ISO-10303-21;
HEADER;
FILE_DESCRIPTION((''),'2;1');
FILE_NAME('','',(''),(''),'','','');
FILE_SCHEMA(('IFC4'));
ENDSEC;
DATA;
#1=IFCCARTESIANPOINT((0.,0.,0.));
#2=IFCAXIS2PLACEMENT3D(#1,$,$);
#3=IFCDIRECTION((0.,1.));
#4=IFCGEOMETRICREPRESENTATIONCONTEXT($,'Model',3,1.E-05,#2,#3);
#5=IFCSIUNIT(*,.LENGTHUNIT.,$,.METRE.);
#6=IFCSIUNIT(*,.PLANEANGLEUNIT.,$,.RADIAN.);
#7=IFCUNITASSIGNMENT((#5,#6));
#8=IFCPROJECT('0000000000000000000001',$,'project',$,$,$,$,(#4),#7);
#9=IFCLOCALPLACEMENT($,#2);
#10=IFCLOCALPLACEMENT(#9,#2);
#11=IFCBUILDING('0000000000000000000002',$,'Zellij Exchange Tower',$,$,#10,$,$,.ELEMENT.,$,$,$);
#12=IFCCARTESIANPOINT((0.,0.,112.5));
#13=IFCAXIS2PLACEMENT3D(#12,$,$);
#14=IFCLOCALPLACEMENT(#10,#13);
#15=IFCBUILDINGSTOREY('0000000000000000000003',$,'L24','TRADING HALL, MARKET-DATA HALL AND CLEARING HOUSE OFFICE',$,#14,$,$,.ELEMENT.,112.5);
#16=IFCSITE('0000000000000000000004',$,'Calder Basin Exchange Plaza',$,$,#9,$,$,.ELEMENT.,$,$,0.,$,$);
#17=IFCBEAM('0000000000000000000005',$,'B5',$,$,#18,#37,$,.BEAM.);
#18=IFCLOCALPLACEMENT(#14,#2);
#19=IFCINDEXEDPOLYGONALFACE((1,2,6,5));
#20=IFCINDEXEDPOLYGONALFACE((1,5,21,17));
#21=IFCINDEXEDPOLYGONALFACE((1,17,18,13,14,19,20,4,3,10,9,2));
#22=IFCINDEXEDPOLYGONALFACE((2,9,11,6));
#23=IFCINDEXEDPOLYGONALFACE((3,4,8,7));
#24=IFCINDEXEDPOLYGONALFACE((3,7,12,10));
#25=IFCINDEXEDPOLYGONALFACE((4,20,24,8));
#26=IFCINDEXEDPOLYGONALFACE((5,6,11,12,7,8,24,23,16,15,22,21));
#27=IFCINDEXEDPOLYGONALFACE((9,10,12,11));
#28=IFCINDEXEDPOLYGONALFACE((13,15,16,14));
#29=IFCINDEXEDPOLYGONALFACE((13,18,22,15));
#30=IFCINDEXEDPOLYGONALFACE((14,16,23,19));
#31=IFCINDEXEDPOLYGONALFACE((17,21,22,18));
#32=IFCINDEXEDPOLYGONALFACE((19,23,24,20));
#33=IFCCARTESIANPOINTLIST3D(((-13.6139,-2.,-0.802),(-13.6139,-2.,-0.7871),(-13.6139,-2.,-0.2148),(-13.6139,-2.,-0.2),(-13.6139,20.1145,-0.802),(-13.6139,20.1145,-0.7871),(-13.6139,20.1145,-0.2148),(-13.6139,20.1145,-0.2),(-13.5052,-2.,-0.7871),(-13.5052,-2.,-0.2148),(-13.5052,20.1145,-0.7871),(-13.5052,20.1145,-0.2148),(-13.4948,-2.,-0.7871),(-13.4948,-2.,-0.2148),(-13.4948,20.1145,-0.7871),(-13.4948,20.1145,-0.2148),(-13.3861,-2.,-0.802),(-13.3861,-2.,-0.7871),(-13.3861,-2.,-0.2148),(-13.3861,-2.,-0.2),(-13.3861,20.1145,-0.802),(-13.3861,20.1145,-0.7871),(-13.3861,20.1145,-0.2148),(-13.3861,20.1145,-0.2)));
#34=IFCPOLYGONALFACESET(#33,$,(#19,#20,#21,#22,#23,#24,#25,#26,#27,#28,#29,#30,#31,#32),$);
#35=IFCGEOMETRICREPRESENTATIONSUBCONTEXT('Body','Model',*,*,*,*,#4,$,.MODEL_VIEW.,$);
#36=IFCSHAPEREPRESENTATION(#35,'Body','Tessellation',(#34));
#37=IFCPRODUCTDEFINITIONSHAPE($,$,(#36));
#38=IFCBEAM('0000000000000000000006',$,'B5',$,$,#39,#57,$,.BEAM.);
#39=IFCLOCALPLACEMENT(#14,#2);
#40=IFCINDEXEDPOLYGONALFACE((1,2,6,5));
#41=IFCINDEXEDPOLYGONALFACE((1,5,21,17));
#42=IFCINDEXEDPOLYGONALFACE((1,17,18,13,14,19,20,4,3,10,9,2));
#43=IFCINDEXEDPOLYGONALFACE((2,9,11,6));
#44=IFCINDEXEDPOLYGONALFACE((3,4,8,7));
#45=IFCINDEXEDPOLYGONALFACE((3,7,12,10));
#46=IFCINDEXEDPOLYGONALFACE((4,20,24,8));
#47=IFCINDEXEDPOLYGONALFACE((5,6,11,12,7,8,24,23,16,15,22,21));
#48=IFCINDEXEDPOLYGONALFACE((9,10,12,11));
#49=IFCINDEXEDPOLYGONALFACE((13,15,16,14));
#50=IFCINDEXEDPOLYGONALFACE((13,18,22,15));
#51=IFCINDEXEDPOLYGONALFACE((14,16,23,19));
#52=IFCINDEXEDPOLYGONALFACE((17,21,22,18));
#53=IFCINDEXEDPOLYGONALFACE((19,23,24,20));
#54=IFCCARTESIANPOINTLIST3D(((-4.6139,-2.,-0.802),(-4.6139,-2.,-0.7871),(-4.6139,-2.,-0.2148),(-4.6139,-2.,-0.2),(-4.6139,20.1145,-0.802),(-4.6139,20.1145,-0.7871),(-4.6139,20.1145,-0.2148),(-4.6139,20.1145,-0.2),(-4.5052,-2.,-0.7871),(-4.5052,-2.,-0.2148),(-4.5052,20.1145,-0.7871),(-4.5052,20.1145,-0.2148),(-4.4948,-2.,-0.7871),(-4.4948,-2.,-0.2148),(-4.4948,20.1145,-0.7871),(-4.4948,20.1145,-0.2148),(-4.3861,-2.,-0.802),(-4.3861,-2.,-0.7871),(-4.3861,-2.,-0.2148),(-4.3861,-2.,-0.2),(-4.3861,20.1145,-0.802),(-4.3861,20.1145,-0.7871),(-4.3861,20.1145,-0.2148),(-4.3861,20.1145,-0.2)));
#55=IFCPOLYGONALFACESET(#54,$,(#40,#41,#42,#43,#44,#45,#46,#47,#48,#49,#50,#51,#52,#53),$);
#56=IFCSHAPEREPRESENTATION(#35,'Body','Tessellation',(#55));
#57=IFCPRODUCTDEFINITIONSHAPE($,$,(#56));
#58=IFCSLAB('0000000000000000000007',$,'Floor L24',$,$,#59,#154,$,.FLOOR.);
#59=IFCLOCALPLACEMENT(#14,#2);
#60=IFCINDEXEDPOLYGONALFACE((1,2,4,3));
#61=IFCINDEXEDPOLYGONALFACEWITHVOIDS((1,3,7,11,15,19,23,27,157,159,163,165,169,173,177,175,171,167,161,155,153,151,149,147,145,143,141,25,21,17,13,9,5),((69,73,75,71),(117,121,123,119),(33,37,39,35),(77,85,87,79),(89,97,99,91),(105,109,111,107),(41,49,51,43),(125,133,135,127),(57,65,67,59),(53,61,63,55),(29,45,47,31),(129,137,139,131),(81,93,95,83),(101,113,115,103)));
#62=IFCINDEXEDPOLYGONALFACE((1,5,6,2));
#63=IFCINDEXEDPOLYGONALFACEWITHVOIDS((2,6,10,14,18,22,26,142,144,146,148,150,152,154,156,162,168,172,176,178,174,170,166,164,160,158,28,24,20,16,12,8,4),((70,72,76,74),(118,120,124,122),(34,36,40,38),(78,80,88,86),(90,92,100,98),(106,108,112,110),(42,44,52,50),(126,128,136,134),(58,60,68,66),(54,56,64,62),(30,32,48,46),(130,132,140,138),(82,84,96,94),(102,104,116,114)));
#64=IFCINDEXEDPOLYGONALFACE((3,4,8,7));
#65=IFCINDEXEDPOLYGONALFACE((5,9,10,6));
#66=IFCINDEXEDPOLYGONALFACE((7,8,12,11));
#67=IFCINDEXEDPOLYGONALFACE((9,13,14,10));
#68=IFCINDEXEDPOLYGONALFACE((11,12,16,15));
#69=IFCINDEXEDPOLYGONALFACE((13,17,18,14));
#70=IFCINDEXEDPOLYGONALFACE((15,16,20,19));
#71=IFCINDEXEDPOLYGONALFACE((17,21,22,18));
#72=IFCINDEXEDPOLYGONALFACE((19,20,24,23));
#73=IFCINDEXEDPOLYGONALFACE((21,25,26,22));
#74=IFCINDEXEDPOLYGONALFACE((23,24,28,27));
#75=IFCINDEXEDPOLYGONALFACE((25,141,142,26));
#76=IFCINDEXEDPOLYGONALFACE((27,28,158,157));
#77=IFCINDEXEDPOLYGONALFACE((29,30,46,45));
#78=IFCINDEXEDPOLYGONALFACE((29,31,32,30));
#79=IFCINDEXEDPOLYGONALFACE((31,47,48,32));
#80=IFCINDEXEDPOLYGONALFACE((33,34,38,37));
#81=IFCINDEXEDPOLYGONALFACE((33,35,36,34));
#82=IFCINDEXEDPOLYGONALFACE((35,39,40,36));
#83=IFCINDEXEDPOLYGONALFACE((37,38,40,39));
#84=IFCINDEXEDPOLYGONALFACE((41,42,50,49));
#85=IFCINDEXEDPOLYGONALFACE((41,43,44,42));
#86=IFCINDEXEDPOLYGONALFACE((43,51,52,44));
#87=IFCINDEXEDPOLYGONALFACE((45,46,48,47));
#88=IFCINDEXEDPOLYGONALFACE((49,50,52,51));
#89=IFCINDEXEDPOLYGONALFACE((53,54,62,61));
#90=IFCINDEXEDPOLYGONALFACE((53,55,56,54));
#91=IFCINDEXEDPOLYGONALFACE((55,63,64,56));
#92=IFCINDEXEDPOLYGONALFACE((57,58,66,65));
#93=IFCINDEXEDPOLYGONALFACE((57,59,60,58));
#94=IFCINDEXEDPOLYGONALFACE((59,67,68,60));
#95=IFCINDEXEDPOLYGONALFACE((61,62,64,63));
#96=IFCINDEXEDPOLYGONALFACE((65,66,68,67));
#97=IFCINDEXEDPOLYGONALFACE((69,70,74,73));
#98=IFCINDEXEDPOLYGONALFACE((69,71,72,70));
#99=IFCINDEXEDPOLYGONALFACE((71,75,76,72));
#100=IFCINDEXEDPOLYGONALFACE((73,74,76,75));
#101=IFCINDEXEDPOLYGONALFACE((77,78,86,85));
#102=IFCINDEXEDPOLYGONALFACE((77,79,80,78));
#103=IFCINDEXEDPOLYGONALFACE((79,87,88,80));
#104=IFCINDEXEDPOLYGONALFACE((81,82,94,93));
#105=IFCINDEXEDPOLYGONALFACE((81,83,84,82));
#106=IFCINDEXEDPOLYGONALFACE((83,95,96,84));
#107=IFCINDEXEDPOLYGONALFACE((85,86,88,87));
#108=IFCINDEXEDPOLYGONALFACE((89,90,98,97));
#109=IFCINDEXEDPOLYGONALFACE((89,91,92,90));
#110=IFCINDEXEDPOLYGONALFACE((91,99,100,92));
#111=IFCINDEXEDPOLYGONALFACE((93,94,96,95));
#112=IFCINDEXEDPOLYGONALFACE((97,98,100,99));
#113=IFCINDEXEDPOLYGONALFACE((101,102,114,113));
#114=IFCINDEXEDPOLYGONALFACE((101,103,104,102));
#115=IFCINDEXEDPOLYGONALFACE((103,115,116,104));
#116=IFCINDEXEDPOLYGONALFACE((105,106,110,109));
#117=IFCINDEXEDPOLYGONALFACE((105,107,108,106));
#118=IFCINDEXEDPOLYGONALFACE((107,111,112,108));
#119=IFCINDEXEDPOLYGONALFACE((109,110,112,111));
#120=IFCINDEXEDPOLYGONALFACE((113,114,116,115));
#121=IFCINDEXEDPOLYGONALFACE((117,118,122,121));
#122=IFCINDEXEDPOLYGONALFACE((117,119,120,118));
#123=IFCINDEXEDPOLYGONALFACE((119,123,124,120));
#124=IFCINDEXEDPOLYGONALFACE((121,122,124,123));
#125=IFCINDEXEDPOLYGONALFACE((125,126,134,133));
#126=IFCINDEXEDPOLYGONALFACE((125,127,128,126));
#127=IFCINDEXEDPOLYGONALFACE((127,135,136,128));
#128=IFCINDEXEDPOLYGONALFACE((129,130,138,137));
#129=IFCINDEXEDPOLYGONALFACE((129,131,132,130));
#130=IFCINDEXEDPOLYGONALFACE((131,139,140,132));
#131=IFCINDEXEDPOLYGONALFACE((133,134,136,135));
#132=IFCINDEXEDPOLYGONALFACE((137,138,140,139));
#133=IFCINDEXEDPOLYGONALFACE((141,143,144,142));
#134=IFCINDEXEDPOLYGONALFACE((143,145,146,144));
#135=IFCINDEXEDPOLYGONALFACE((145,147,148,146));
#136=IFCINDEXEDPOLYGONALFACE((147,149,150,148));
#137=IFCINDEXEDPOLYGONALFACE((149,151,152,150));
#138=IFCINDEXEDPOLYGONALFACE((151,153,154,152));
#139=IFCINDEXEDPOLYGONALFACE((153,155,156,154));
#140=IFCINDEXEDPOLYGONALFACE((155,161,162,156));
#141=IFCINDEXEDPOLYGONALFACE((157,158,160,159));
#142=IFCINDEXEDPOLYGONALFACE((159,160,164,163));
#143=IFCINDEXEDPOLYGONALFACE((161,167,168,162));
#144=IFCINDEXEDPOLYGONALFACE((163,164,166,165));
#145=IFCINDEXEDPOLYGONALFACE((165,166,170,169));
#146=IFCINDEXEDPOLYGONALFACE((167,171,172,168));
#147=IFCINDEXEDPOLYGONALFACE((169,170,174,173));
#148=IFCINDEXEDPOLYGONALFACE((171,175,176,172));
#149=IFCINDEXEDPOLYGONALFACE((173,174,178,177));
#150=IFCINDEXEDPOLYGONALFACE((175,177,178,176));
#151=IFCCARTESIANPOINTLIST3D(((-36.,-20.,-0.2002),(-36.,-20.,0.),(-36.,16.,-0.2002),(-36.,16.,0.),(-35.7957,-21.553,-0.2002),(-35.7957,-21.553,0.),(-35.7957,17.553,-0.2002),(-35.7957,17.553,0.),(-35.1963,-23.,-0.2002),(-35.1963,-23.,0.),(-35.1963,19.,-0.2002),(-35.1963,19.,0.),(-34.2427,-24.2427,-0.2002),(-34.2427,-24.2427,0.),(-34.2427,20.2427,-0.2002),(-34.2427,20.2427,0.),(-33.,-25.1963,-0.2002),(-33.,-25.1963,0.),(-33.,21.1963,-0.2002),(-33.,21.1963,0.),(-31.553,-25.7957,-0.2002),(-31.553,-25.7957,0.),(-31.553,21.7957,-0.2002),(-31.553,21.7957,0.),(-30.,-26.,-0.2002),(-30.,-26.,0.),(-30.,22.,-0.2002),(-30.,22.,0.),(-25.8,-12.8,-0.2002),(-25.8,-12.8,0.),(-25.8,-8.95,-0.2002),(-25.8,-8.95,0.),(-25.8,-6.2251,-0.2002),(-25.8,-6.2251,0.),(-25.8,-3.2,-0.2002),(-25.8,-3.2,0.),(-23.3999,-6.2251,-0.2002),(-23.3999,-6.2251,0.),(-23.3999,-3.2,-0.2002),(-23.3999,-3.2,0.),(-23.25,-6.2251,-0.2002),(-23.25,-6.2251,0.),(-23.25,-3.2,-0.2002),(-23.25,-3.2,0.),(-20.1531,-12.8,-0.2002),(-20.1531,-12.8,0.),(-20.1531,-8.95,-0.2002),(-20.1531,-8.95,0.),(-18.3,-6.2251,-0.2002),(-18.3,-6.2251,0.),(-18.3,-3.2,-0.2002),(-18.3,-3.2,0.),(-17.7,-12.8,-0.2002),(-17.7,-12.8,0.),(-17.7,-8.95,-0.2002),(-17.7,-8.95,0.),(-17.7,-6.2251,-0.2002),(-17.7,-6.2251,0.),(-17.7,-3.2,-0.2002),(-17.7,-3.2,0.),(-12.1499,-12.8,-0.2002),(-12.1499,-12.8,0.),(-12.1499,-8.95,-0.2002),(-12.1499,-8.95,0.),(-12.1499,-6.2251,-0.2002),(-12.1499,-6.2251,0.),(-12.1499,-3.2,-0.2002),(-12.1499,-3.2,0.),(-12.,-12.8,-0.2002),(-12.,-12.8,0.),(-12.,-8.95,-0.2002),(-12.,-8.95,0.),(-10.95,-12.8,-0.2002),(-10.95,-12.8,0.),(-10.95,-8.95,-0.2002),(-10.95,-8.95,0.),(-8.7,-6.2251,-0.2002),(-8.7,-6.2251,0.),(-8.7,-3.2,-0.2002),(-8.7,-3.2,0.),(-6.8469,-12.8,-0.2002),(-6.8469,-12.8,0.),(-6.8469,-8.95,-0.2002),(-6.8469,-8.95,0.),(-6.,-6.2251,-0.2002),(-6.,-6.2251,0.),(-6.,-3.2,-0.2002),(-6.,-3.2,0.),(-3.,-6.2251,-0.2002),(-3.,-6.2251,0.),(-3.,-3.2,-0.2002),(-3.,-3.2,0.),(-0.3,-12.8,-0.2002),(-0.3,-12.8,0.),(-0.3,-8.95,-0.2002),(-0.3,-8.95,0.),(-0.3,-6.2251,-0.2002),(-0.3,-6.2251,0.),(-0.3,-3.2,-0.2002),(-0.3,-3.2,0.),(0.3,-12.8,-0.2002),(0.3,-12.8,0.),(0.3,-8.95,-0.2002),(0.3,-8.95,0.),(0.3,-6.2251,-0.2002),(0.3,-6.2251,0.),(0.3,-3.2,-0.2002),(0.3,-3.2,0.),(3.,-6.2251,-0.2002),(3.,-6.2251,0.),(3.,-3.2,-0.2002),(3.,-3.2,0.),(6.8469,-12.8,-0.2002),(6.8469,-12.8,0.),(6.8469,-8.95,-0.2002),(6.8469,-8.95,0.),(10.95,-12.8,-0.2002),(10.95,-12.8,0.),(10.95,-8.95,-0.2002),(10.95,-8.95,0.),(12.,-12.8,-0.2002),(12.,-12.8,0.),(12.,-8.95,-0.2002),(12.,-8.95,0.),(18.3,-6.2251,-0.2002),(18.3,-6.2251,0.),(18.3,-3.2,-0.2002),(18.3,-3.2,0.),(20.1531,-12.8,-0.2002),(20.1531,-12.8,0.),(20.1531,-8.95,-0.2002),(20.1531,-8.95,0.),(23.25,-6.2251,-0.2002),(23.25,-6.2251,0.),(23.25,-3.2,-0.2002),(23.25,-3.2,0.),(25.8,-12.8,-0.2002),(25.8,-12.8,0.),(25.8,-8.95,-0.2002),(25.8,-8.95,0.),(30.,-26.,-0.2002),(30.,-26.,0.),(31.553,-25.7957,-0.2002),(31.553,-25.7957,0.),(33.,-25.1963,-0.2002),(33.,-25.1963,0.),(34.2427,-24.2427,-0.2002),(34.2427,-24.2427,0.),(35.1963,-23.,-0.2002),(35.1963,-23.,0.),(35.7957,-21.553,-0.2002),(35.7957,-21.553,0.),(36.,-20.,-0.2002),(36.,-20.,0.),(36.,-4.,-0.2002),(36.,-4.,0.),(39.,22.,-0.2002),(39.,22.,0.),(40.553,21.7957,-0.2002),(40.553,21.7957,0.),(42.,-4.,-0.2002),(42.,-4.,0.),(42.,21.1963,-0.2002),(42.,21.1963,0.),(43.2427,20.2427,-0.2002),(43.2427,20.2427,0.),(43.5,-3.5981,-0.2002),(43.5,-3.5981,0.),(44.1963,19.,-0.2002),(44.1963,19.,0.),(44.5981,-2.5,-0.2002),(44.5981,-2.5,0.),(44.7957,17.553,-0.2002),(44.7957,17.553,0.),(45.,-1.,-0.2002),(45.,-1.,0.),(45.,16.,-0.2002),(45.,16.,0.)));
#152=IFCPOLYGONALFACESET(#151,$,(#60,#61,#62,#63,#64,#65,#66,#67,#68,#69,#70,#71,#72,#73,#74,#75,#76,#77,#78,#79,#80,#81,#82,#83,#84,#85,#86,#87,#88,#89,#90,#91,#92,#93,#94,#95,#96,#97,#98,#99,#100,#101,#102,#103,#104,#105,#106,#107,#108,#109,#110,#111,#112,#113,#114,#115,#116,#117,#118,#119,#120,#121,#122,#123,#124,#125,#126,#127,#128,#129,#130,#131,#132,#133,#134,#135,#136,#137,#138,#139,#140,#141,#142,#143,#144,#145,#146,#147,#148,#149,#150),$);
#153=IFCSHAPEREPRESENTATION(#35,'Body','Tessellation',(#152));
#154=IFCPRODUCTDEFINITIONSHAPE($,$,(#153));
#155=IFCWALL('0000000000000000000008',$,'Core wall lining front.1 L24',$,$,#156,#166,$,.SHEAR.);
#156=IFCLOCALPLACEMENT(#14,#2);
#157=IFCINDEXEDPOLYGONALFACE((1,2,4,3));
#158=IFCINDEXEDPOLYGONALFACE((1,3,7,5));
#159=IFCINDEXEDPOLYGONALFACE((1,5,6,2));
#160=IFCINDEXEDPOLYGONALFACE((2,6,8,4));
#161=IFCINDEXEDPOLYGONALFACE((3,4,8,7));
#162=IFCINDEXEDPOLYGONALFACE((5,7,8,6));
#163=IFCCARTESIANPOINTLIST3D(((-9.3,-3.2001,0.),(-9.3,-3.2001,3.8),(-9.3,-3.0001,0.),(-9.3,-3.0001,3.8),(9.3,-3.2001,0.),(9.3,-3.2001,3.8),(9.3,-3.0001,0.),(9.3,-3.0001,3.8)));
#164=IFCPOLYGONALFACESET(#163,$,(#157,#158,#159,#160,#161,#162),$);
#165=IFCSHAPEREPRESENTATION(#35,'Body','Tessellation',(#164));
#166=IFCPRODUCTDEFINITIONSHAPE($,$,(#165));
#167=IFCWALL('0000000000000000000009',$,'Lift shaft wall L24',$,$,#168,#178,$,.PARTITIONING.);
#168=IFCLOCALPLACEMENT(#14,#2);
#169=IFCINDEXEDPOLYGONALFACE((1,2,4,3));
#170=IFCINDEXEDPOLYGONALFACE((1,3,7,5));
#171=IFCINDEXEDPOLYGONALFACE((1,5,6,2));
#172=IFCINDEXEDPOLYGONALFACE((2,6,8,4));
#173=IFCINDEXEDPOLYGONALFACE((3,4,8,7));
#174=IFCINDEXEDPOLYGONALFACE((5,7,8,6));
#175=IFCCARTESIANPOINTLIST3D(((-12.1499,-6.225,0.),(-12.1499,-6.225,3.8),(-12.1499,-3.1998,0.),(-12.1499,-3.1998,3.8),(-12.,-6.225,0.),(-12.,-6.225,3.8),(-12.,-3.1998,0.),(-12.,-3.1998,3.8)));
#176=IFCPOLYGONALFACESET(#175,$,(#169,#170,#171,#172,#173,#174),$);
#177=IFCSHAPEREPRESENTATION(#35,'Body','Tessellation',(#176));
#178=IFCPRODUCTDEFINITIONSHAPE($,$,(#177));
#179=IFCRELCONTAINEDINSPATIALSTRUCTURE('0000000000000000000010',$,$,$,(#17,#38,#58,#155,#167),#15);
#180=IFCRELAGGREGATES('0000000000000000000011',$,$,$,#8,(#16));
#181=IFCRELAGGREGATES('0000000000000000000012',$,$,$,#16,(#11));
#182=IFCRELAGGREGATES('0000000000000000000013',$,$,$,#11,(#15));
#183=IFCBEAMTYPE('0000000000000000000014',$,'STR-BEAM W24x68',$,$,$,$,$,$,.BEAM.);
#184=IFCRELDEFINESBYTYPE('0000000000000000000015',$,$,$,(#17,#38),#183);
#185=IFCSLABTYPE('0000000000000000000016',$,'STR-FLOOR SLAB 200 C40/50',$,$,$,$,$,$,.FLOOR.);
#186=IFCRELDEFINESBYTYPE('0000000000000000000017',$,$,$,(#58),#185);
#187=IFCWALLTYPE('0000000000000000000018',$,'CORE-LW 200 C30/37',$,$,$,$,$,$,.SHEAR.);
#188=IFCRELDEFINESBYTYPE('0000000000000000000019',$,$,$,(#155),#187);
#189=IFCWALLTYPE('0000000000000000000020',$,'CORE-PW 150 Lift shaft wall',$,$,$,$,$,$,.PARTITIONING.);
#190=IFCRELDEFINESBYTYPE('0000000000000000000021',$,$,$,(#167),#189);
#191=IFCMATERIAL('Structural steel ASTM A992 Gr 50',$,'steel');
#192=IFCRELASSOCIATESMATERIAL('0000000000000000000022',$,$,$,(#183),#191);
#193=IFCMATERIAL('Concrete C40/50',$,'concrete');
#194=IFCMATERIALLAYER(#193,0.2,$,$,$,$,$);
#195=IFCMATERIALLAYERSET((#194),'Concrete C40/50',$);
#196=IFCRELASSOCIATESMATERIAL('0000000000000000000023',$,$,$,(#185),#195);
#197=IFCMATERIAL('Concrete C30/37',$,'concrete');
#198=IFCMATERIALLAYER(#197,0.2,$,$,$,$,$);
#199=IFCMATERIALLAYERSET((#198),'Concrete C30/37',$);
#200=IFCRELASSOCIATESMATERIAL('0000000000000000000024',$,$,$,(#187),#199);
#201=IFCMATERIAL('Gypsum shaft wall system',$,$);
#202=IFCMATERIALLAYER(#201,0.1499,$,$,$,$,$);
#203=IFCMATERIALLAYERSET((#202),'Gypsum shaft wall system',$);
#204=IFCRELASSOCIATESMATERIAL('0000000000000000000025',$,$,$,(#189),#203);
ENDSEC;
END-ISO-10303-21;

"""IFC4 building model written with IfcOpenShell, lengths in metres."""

from ifc_helpers import new_model, si_unit, direction, frame, frame_2d, origin, origin_2d, place, context, subcontext, project, spatial, polyline, rectangle, i_section, outline, extrude, material, layer, layer_set, material_profile, profile_set, type_object, element, save


model = new_model("IFC4")

# Units and contexts
model_context = context("Model", 3, precision=1e-05, world=origin(), true_north=direction((0.0, 1.0)))
body_context = subcontext(model_context, "Body", "Model", "MODEL_VIEW")
ifc_project = project(units=[si_unit("LENGTHUNIT", "METRE"), si_unit("PLANEANGLEUNIT", "RADIAN")], contexts=[model_context])

# Site, building, storey
site_placement = place(None, origin())
site = spatial("IfcSite", under=ifc_project, at=site_placement, Name="Calder Basin Exchange Plaza", CompositionType="ELEMENT", RefElevation=0.0)
building_placement = place(site_placement, origin())
building = spatial("IfcBuilding", under=site, at=building_placement, Name="Zellij Exchange Tower", CompositionType="ELEMENT")
storey_placement = place(building_placement, frame((0.0, 0.0, 112.5)))
storey = spatial("IfcBuildingStorey", under=building, at=storey_placement, Name="L24", Description="TRADING HALL, MARKET-DATA HALL AND CLEARING HOUSE OFFICE", CompositionType="ELEMENT", Elevation=112.5)

# Beams
ifc_material_1 = material(Name="Structural steel ASTM A992 Gr 50", Category="steel")
ifc_material_profile = material_profile(ifc_material_1, i_section(OverallWidth=0.2278, OverallDepth=0.6021, WebThickness=0.0105, FlangeThickness=0.0149, at=origin_2d()), Name="W24x68")
ifc_profile_set = profile_set([ifc_material_profile], Name="Structural steel ASTM A992 Gr 50")
beam_type = type_object("IfcBeamType", Name="STR-BEAM W24x68", PredefinedType="BEAM", material=ifc_profile_set)
for number, where, z_axis, x_axis, name in (
    (1, (-13.5, -2.0, -0.501), (0.0, 1.0, 0.0), (-1.0, 0.0, 0.0), "B5"),
    (2, (-4.5, -2.0, -0.501), (0.0, 1.0, 0.0), (-1.0, 0.0, 0.0), "B5"),
):
    element("IfcBeam", number, at=place(storey_placement, frame(where, z_axis=z_axis, x_axis=x_axis)), inside=storey, type_object=beam_type, Name=name, PredefinedType="BEAM", context=body_context, shape_type="SweptSolid", body=[
        extrude(i_section(OverallWidth=0.2278, OverallDepth=0.6021, WebThickness=0.0105, FlangeThickness=0.0149, at=origin_2d()), origin(), (0.0, 0.0, 1.0), 22.1145),
    ])

# Slab
ifc_material_2 = material(Name="Concrete C40/50", Category="concrete")
ifc_layer_1 = layer(ifc_material_2, 0.2)
ifc_layer_set_1 = layer_set([ifc_layer_1], Name="Concrete C40/50")
slab_type = type_object("IfcSlabType", Name="STR-FLOOR SLAB 200 C40/50", PredefinedType="FLOOR", material=ifc_layer_set_1)
slab_placement = place(storey_placement, frame((0.0, 0.0, -0.2002)))
element("IfcSlab", 3, at=slab_placement, inside=storey, type_object=slab_type, Name="Floor L24", PredefinedType="FLOOR", context=body_context, shape_type="SweptSolid", body=[
    extrude(outline(polyline([(35.7957, -21.553), (35.1963, -23.0), (34.2427, -24.2427), (33.0, -25.1963), (31.553, -25.7957), (30.0, -26.0), (-30.0, -26.0), (-31.553, -25.7957), (-33.0, -25.1963), (-34.2427, -24.2427), (-35.1963, -23.0), (-35.7957, -21.553), (-36.0, -20.0), (-36.0, 16.0), (-35.7957, 17.553), (-35.1963, 19.0), (-34.2427, 20.2427), (-33.0, 21.1963), (-31.553, 21.7957), (-30.0, 22.0), (39.0, 22.0), (40.553, 21.7957), (42.0, 21.1963), (43.2427, 20.2427), (44.1963, 19.0), (44.7957, 17.553), (45.0, 16.0), (45.0, -1.0), (44.5981, -2.5), (43.5, -3.5981), (42.0, -4.0), (36.0, -4.0), (36.0, -20.0), (35.7957, -21.553)]), holes=[polyline([(-25.8, -8.95), (-25.8, -12.8), (-20.1531, -12.8), (-20.1531, -8.95), (-25.8, -8.95)]), polyline([(-12.1499, -8.95), (-17.7, -8.95), (-17.7, -12.8), (-12.1499, -12.8), (-12.1499, -8.95)]), polyline([(-10.95, -8.95), (-12.0, -8.95), (-12.0, -12.8), (-10.95, -12.8), (-10.95, -8.95)]), polyline([(-23.3999, -3.2), (-25.8, -3.2), (-25.8, -6.2251), (-23.3999, -6.2251), (-23.3999, -3.2)]), polyline([(-18.3, -3.2), (-23.25, -3.2), (-23.25, -6.2251), (-18.3, -6.2251), (-18.3, -3.2)]), polyline([(-12.1499, -3.2), (-17.7, -3.2), (-17.7, -6.2251), (-12.1499, -6.2251), (-12.1499, -3.2)]), polyline([(-6.0, -3.2), (-8.7, -3.2), (-8.7, -6.2251), (-6.0, -6.2251), (-6.0, -3.2)]), polyline([(-6.8469, -8.95), (-6.8469, -12.8), (-0.3, -12.8), (-0.3, -8.95), (-6.8469, -8.95)]), polyline([(6.8469, -8.95), (0.3, -8.95), (0.3, -12.8), (6.8469, -12.8), (6.8469, -8.95)]), polyline([(12.0, -8.95), (10.95, -8.95), (10.95, -12.8), (12.0, -12.8), (12.0, -8.95)]), polyline([(25.8, -8.95), (20.1531, -8.95), (20.1531, -12.8), (25.8, -12.8), (25.8, -8.95)]), polyline([(-0.3, -3.2), (-3.0, -3.2), (-3.0, -6.2251), (-0.3, -6.2251), (-0.3, -3.2)]), polyline([(3.0, -3.2), (0.3, -3.2), (0.3, -6.2251), (3.0, -6.2251), (3.0, -3.2)]), polyline([(23.25, -3.2), (18.3, -3.2), (18.3, -6.2251), (23.25, -6.2251), (23.25, -3.2)])]), origin(), (0.0, 0.0, 1.0), 0.2002),
])

# Walls
ifc_material_3 = material(Name="Concrete C30/37", Category="concrete")
ifc_layer_2 = layer(ifc_material_3, 0.2)
ifc_layer_set_2 = layer_set([ifc_layer_2], Name="Concrete C30/37")
wall_type_1 = type_object("IfcWallType", Name="CORE-LW 200 C30/37", PredefinedType="SHEAR", material=ifc_layer_set_2)
wall_1_placement = place(storey_placement, frame((-9.3, -3.1001, 0.0), z_axis=(0.0, 0.0, 1.0), x_axis=(1.0, 0.0, 0.0)))
element("IfcWall", 4, at=wall_1_placement, inside=storey, type_object=wall_type_1, Name="Core wall lining front.1 L24", PredefinedType="SHEAR", context=body_context, shape_type="SweptSolid", body=[
    extrude(rectangle(XDim=18.6001, YDim=0.2, at=frame_2d((9.3, 0.0))), origin(), (0.0, 0.0, 1.0), 3.8),
])
ifc_material_4 = material(Name="Gypsum shaft wall system")
ifc_layer_3 = layer(ifc_material_4, 0.1499)
ifc_layer_set_3 = layer_set([ifc_layer_3], Name="Gypsum shaft wall system")
wall_type_2 = type_object("IfcWallType", Name="CORE-PW 150 Lift shaft wall", PredefinedType="PARTITIONING", material=ifc_layer_set_3)
for number, where, z_axis, x_axis, name in (
    (5, (-12.075, -6.2251, 0.0), (0.0, 0.0, 1.0), (0.0, 1.0, 0.0), "Lift shaft wall L24"),
):
    element("IfcWall", number, at=place(storey_placement, frame(where, z_axis=z_axis, x_axis=x_axis)), inside=storey, type_object=wall_type_2, Name=name, PredefinedType="PARTITIONING", context=body_context, shape_type="SweptSolid", body=[
        extrude(rectangle(XDim=3.0251, YDim=0.1499, at=frame_2d((1.5127, 0.0))), origin(), (0.0, 0.0, 1.0), 3.8),
    ])

save(model, "model.ifc")
